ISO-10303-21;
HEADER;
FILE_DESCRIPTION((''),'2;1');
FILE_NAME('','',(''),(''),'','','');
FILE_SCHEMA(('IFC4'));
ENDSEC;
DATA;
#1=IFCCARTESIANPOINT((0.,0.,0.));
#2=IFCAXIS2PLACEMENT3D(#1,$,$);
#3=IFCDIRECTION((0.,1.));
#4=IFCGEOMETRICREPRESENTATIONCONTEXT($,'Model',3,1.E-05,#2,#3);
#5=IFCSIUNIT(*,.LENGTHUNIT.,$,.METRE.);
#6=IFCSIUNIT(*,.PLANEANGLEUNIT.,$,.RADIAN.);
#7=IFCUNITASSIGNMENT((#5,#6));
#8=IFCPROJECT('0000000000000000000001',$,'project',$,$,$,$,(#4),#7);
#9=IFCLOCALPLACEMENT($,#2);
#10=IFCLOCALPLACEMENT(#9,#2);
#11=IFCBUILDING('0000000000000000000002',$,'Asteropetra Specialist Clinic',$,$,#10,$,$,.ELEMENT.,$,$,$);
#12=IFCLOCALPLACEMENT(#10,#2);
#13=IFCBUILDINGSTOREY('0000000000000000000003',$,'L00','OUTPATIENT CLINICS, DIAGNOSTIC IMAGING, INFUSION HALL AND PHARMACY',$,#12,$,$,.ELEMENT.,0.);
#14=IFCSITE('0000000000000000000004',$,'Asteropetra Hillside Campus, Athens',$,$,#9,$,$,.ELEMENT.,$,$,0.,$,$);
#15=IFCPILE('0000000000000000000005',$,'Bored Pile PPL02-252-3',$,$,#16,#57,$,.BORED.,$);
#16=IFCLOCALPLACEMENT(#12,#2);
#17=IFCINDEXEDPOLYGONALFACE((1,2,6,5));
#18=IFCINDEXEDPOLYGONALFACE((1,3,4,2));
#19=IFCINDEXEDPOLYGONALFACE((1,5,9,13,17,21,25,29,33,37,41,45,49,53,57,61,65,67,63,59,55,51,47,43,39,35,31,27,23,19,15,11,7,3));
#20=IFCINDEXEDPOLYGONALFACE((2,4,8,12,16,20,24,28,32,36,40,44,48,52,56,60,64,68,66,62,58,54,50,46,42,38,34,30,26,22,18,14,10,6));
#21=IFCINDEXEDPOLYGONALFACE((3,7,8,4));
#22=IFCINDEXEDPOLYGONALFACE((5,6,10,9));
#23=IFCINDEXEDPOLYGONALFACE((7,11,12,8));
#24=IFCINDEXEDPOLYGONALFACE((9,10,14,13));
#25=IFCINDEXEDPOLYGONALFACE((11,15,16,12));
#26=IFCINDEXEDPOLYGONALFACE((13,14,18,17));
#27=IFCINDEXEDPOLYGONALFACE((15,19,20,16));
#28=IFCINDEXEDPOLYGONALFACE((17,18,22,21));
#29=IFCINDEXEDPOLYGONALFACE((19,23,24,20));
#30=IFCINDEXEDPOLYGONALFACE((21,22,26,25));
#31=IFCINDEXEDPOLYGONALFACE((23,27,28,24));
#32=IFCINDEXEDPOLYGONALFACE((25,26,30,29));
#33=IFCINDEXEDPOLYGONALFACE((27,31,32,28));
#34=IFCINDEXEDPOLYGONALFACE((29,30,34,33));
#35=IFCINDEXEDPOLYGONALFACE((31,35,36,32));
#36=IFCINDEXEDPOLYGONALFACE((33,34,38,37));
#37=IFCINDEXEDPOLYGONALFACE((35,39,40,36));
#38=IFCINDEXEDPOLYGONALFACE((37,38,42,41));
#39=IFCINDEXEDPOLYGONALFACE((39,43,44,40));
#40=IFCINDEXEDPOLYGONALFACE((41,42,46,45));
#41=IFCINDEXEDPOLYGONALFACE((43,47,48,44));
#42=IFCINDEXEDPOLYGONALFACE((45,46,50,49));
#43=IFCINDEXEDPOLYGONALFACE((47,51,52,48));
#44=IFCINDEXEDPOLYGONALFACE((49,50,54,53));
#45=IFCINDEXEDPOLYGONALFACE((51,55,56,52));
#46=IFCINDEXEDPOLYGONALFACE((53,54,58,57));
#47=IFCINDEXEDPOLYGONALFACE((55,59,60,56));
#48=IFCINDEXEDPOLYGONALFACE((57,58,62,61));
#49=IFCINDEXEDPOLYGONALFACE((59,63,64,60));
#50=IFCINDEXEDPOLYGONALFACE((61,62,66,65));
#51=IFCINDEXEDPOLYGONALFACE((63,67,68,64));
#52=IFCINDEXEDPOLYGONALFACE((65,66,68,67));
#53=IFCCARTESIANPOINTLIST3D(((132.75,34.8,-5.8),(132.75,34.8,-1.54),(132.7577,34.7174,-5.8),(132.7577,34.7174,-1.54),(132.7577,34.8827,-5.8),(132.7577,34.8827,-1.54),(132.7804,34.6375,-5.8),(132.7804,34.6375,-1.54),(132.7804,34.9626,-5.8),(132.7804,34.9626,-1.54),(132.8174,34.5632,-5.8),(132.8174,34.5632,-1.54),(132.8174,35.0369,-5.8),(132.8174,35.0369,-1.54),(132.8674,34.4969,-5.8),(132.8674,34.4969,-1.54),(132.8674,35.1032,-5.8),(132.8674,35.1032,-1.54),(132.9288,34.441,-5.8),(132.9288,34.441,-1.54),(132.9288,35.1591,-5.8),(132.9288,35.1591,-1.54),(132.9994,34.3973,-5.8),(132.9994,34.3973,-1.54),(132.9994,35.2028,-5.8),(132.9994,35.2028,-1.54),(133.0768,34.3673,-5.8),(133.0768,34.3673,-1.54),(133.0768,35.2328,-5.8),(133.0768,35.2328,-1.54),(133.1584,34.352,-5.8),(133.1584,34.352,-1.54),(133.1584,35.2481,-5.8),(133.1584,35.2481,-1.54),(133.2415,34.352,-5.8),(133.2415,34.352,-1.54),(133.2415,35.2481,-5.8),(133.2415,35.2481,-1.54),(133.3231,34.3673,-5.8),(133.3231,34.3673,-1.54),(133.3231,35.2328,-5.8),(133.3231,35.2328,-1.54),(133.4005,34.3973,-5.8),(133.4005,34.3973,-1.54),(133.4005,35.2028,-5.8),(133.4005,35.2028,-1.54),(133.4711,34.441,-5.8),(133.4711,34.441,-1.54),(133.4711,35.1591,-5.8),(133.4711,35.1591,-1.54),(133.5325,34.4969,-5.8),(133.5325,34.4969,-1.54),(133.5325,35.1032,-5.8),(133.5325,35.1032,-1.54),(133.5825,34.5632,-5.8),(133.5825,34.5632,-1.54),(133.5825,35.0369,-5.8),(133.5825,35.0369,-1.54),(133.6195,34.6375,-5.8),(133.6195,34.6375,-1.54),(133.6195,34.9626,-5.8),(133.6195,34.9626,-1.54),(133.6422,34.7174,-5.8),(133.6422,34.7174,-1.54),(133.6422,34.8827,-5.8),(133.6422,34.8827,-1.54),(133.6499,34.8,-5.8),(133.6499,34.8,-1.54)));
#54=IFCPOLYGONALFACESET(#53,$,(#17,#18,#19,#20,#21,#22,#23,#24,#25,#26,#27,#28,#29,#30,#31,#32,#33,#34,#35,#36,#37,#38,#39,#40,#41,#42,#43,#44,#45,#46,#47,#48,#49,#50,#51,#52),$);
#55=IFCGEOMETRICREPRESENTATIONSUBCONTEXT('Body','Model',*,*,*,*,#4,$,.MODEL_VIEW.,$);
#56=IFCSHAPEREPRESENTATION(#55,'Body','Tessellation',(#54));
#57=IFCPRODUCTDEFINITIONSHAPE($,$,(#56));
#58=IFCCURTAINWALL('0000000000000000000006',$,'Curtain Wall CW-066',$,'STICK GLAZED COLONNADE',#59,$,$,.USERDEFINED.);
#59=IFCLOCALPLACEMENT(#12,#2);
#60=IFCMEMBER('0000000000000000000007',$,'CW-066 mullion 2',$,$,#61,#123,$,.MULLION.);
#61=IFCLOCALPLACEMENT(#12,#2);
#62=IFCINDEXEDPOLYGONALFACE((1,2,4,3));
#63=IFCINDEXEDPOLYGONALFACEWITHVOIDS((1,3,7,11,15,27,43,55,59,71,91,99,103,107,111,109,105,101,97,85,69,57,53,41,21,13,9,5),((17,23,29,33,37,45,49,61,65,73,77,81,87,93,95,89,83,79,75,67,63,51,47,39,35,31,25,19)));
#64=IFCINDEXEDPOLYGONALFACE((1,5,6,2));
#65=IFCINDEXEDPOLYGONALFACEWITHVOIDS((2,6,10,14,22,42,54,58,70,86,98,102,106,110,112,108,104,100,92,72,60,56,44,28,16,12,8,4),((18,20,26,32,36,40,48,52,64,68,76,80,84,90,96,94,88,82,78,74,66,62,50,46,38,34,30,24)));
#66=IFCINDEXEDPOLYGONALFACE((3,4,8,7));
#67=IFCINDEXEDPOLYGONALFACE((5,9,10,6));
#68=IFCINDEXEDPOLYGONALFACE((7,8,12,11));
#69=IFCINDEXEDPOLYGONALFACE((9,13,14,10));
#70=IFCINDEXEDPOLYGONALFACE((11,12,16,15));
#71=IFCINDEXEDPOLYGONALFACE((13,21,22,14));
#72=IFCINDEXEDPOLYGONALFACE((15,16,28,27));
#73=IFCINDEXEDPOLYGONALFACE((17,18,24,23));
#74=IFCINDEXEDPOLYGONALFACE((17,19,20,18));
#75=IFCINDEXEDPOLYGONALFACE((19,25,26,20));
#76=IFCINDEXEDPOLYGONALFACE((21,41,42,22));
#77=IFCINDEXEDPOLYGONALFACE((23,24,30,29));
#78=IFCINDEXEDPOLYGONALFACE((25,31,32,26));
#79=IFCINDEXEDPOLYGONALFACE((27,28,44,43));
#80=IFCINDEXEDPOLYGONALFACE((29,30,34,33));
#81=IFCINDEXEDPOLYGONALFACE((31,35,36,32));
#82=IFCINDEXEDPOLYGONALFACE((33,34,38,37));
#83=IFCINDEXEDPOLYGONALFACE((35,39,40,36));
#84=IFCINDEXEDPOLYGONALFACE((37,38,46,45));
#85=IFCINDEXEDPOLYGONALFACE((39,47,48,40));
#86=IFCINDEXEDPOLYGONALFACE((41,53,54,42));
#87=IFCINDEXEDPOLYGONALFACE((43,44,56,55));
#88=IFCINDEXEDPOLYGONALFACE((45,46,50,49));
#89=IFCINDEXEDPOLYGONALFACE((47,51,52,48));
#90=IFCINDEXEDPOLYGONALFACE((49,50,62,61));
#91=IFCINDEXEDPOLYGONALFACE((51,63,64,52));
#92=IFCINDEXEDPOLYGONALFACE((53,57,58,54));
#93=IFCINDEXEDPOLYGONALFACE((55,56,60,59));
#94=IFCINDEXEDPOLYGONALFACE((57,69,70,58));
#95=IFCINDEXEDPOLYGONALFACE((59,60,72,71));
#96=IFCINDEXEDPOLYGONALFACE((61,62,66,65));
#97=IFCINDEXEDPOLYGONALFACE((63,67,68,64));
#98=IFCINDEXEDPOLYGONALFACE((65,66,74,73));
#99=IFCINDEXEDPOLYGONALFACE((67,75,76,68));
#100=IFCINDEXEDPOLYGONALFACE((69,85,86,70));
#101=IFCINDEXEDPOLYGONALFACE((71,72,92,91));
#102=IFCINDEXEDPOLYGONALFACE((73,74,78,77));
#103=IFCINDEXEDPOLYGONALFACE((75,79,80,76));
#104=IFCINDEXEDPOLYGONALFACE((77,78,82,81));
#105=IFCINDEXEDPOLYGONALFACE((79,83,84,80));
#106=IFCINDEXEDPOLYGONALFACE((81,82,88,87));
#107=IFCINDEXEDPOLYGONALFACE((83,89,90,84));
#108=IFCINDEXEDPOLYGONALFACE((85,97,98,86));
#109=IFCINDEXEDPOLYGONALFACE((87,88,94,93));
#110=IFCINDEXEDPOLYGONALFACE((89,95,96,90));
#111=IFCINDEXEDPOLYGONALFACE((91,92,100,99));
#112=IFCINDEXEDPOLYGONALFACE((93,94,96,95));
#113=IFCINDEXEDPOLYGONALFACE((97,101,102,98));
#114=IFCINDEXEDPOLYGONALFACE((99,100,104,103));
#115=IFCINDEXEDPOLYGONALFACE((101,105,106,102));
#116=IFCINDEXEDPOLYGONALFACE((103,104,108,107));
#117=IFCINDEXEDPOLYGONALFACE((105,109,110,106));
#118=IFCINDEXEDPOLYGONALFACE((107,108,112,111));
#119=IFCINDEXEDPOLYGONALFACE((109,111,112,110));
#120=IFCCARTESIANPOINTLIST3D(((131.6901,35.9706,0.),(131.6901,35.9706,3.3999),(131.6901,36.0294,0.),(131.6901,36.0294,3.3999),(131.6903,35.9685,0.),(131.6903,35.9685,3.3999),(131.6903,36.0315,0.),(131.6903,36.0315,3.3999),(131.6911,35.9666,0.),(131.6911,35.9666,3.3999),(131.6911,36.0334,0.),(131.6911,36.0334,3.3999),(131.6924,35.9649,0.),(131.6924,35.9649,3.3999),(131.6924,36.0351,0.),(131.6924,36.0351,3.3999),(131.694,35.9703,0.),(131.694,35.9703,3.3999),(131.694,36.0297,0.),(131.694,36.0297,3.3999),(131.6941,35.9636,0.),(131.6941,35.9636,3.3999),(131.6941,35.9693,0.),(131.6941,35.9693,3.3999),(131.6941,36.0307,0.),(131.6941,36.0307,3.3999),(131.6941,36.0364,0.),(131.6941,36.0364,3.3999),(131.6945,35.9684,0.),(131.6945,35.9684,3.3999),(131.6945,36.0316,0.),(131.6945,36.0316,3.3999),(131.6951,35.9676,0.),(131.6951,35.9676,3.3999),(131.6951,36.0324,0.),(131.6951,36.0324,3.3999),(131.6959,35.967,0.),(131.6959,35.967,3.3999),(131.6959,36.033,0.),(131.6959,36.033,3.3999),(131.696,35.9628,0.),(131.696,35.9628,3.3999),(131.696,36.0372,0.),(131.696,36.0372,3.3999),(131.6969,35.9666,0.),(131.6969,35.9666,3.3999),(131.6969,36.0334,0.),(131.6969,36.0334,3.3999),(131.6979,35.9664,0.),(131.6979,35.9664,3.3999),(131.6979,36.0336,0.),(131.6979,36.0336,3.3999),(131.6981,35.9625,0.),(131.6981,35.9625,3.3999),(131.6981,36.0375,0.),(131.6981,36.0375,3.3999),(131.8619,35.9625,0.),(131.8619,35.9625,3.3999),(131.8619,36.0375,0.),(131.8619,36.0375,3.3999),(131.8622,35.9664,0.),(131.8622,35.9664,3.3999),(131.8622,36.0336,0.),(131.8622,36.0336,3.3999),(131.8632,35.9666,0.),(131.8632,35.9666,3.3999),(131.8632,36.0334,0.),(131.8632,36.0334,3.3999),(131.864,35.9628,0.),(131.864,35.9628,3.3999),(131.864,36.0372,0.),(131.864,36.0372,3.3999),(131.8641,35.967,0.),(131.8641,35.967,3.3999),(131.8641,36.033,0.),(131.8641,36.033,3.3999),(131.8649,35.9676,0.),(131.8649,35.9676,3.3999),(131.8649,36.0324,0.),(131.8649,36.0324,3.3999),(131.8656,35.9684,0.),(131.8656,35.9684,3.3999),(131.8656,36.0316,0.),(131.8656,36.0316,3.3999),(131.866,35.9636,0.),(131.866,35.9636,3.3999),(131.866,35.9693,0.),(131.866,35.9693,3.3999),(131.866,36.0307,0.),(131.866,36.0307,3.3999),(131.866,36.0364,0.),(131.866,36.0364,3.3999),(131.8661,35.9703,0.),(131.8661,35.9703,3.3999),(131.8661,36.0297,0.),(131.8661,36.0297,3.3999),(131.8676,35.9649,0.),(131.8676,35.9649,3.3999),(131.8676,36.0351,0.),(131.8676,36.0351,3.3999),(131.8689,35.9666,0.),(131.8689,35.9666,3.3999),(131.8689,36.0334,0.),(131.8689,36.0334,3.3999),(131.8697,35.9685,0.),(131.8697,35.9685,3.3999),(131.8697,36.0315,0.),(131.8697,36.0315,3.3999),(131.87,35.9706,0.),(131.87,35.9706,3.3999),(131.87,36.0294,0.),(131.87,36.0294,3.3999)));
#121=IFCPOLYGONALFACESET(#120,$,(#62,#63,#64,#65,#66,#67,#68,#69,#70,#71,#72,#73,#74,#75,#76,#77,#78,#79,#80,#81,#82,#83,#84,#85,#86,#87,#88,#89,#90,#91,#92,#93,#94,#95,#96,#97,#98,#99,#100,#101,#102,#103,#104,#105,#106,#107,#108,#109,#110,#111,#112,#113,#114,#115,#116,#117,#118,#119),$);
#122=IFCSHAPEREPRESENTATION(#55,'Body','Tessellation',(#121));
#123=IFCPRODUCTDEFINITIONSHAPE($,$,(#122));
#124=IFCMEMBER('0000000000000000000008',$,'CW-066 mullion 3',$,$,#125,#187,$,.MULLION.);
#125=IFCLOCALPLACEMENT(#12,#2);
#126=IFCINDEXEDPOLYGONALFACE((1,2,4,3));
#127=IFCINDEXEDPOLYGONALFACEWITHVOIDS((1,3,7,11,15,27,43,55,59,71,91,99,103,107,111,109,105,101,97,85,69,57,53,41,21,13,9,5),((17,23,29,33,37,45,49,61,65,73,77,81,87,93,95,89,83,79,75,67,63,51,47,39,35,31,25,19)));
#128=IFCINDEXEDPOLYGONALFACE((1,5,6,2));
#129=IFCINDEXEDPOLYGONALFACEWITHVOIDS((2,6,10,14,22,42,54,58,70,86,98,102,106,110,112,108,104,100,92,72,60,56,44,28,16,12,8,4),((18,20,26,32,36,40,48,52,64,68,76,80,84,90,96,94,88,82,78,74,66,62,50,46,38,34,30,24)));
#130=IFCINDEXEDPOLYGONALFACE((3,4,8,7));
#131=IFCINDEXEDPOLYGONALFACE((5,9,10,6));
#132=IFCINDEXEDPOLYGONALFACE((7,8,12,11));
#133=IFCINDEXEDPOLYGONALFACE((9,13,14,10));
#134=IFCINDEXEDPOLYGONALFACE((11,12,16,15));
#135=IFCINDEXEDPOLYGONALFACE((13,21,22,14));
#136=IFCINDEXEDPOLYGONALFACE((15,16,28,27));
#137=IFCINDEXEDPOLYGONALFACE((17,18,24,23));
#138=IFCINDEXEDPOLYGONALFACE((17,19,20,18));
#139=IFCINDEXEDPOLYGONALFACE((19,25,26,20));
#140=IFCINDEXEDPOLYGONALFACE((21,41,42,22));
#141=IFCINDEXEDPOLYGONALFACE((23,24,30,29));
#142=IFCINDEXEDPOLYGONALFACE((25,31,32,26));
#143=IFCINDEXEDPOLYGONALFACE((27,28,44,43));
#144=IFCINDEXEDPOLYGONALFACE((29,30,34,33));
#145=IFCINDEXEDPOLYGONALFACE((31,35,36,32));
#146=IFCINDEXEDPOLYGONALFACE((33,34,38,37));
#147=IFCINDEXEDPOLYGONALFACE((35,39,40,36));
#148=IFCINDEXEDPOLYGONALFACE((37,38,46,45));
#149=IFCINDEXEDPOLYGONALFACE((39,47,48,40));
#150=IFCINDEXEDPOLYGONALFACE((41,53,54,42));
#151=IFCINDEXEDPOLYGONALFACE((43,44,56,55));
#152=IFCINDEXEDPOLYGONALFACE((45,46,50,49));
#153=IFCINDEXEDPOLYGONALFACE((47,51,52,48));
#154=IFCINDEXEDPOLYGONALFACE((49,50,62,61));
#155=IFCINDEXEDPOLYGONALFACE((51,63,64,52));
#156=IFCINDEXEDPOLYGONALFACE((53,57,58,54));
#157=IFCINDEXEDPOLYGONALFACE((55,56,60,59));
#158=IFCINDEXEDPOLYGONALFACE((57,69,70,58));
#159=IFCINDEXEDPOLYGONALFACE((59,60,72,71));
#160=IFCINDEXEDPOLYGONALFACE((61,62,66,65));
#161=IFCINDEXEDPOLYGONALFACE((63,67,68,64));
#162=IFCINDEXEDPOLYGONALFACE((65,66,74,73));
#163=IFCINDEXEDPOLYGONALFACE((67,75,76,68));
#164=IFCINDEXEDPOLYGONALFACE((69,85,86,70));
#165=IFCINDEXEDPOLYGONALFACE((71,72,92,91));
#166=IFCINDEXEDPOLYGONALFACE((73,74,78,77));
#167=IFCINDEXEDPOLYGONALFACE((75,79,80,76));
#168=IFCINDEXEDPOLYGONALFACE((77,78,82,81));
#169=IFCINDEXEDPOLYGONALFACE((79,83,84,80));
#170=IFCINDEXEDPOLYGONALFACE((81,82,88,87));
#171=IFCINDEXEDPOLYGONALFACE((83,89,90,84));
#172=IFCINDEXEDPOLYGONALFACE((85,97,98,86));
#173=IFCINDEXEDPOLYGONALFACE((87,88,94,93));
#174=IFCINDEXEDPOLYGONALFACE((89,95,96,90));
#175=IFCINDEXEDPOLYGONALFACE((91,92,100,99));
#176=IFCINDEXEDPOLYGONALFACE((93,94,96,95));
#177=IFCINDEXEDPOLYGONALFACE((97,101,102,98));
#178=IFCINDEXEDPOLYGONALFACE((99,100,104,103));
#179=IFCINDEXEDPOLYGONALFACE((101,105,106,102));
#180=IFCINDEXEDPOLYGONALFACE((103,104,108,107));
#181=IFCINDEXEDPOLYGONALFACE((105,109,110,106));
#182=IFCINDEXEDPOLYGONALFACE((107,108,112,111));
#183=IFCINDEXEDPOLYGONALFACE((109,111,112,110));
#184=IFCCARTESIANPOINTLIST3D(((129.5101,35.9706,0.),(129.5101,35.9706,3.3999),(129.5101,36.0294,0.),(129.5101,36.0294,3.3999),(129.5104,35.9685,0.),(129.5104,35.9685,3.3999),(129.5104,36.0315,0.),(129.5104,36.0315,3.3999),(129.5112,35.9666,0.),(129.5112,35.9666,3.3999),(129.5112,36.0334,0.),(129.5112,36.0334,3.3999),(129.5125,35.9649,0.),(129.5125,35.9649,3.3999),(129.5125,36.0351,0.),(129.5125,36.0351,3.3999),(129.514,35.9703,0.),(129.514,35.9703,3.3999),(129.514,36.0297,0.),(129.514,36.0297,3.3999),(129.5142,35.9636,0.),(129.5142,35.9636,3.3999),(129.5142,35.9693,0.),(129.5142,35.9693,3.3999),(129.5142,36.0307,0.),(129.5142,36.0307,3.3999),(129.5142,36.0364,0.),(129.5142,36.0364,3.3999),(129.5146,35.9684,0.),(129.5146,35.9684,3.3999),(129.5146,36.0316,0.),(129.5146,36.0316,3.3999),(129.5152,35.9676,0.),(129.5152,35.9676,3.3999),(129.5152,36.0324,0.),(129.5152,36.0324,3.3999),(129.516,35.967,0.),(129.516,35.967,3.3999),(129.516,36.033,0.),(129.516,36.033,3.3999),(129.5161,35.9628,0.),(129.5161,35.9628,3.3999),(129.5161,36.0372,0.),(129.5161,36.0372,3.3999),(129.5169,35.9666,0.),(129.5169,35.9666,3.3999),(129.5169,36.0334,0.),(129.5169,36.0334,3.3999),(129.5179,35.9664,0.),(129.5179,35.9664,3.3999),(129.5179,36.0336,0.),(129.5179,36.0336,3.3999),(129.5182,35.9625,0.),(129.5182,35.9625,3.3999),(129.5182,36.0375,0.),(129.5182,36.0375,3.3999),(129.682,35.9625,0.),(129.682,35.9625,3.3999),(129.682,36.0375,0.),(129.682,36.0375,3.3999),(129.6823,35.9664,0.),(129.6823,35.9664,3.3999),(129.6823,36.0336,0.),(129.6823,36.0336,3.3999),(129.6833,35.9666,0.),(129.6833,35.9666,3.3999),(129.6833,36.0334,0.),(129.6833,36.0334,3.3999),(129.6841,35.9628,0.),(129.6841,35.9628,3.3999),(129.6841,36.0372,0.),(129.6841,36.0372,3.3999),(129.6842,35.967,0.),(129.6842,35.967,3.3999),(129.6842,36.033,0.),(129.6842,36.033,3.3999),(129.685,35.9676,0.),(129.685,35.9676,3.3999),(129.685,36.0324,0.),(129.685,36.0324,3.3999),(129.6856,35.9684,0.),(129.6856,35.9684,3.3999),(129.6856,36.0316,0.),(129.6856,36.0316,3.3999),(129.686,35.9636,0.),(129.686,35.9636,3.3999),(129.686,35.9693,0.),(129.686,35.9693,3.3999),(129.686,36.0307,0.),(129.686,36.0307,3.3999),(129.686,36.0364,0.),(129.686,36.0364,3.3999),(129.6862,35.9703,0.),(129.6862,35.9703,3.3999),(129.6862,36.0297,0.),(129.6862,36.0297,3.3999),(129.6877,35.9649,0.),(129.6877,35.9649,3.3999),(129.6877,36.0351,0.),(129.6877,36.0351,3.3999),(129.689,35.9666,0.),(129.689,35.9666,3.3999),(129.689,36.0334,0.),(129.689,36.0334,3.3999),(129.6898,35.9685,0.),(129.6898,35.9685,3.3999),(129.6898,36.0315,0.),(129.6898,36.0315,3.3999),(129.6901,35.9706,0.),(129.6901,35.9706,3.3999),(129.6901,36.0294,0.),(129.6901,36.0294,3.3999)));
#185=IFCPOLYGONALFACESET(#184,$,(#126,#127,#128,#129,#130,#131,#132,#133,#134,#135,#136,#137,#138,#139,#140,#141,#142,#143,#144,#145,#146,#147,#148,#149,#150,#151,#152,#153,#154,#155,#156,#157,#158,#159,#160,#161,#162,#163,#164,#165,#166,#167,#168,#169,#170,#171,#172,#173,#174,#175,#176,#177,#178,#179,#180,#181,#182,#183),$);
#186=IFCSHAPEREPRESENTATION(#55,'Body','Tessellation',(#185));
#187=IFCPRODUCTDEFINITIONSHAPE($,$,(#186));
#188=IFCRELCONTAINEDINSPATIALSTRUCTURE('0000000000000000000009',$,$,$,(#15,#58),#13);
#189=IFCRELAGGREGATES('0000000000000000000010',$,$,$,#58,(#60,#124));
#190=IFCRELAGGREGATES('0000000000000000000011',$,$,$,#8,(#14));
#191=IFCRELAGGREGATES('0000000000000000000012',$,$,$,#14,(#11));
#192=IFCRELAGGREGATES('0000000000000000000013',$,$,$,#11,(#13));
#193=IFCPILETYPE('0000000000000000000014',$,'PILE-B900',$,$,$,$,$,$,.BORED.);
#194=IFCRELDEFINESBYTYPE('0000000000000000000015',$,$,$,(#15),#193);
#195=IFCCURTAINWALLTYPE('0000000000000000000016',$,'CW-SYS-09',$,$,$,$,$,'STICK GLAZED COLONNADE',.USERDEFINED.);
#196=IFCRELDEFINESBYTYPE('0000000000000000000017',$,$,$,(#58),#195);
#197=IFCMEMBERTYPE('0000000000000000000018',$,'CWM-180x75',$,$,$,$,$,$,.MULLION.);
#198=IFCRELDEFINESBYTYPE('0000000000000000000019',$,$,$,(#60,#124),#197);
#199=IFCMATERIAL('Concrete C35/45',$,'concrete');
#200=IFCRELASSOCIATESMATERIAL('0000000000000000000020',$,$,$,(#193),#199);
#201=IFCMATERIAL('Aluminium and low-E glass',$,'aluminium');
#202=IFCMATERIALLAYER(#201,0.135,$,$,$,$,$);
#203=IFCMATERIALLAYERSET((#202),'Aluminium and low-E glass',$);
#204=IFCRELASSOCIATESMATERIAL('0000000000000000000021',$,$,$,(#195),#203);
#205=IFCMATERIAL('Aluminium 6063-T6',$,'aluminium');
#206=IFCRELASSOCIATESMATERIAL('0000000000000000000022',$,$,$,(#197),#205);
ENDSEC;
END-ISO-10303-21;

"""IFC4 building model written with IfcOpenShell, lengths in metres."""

from ifc_helpers import new_model, si_unit, direction, frame, origin, origin_2d, place, context, subcontext, project, spatial, hollow_rectangle, circle, extrude, material, layer, layer_set, material_profile, profile_set, type_object, element, aggregate, save


model = new_model("IFC4")

# Units and contexts
model_context = context("Model", 3, precision=1e-05, world=origin(), true_north=direction((0.0, 1.0)))
body_context = subcontext(model_context, "Body", "Model", "MODEL_VIEW")
ifc_project = project(units=[si_unit("LENGTHUNIT", "METRE"), si_unit("PLANEANGLEUNIT", "RADIAN")], contexts=[model_context])

# Site, building, storey
site_placement = place(None, origin())
site = spatial("IfcSite", under=ifc_project, at=site_placement, Name="Asteropetra Hillside Campus, Athens", CompositionType="ELEMENT", RefElevation=0.0)
building_placement = place(site_placement, origin())
building = spatial("IfcBuilding", under=site, at=building_placement, Name="Asteropetra Specialist Clinic", CompositionType="ELEMENT")
storey_placement = place(building_placement, origin())
storey = spatial("IfcBuildingStorey", under=building, at=storey_placement, Name="L00", Description="OUTPATIENT CLINICS, DIAGNOSTIC IMAGING, INFUSION HALL AND PHARMACY", CompositionType="ELEMENT", Elevation=0.0)

# Pile
ifc_material_1 = material(Name="Concrete C35/45", Category="concrete")
ifc_material_profile_1 = material_profile(ifc_material_1, circle(Radius=0.45, at=origin_2d()), Name="PILE D900")
ifc_profile_set_1 = profile_set([ifc_material_profile_1], Name="Concrete C35/45")
pile_type = type_object("IfcPileType", Name="PILE-B900", PredefinedType="BORED", material=ifc_profile_set_1)
pile_placement = place(storey_placement, frame((133.2, 34.8, -1.54), z_axis=(0.0, 0.0, -1.0), x_axis=(1.0, 0.0, 0.0)))
element("IfcPile", 1, at=pile_placement, inside=storey, type_object=pile_type, Name="Bored Pile PPL02-252-3", PredefinedType="BORED", context=body_context, shape_type="SweptSolid", body=[
    extrude(circle(Radius=0.45, at=origin_2d()), origin(), (0.0, 0.0, 1.0), 4.26),
])

# Curtain wall, members
ifc_material_2 = material(Name="Aluminium and low-E glass", Category="aluminium")
ifc_layer_1 = layer(ifc_material_2, 0.135)
ifc_layer_set_1 = layer_set([ifc_layer_1], Name="Aluminium and low-E glass")
curtain_wall_type = type_object("IfcCurtainWallType", Name="CW-SYS-09", ElementType="STICK GLAZED COLONNADE", PredefinedType="USERDEFINED", material=ifc_layer_set_1)
curtain_wall_placement = place(storey_placement, origin())
curtain_wall = element("IfcCurtainWall", 2, at=curtain_wall_placement, inside=storey, type_object=curtain_wall_type, Name="Curtain Wall CW-066", ObjectType="STICK GLAZED COLONNADE", PredefinedType="USERDEFINED")
ifc_material_3 = material(Name="Aluminium 6063-T6", Category="aluminium")
ifc_material_profile_2 = material_profile(ifc_material_3, hollow_rectangle(XDim=0.075, YDim=0.1799, WallThickness=0.0039, InnerFilletRadius=0.0039, OuterFilletRadius=0.0081, at=origin_2d()), Name="MUL 180x75x4.0")
ifc_profile_set_2 = profile_set([ifc_material_profile_2], Name="Aluminium 6063-T6")
member_type_1 = type_object("IfcMemberType", Name="CWM-180x75", PredefinedType="MULLION", material=ifc_profile_set_2)
member_1_placement = place(storey_placement, frame((131.78, 36.0, 0.0), z_axis=(0.0, 0.0, 1.0), x_axis=(0.0, -1.0, 0.0)))
member_1 = element("IfcMember", 3, at=member_1_placement, type_object=member_type_1, Name="CW-066 mullion 2", PredefinedType="MULLION", context=body_context, shape_type="SweptSolid", body=[
    extrude(hollow_rectangle(XDim=0.075, YDim=0.1799, WallThickness=0.0039, InnerFilletRadius=0.0039, OuterFilletRadius=0.0081, at=origin_2d()), origin(), (0.0, 0.0, 1.0), 3.3999),
])
member_2_placement = place(storey_placement, frame((129.6001, 36.0, 0.0), z_axis=(0.0, 0.0, 1.0), x_axis=(0.0, -1.0, 0.0)))
member_2 = element("IfcMember", 4, at=member_2_placement, type_object=member_type_1, Name="CW-066 mullion 3", PredefinedType="MULLION", context=body_context, shape_type="SweptSolid", body=[
    extrude(hollow_rectangle(XDim=0.075, YDim=0.1799, WallThickness=0.0039, InnerFilletRadius=0.0039, OuterFilletRadius=0.0081, at=origin_2d()), origin(), (0.0, 0.0, 1.0), 3.3999),
])
aggregate(curtain_wall, [member_1, member_2])

save(model, "model.ifc")
